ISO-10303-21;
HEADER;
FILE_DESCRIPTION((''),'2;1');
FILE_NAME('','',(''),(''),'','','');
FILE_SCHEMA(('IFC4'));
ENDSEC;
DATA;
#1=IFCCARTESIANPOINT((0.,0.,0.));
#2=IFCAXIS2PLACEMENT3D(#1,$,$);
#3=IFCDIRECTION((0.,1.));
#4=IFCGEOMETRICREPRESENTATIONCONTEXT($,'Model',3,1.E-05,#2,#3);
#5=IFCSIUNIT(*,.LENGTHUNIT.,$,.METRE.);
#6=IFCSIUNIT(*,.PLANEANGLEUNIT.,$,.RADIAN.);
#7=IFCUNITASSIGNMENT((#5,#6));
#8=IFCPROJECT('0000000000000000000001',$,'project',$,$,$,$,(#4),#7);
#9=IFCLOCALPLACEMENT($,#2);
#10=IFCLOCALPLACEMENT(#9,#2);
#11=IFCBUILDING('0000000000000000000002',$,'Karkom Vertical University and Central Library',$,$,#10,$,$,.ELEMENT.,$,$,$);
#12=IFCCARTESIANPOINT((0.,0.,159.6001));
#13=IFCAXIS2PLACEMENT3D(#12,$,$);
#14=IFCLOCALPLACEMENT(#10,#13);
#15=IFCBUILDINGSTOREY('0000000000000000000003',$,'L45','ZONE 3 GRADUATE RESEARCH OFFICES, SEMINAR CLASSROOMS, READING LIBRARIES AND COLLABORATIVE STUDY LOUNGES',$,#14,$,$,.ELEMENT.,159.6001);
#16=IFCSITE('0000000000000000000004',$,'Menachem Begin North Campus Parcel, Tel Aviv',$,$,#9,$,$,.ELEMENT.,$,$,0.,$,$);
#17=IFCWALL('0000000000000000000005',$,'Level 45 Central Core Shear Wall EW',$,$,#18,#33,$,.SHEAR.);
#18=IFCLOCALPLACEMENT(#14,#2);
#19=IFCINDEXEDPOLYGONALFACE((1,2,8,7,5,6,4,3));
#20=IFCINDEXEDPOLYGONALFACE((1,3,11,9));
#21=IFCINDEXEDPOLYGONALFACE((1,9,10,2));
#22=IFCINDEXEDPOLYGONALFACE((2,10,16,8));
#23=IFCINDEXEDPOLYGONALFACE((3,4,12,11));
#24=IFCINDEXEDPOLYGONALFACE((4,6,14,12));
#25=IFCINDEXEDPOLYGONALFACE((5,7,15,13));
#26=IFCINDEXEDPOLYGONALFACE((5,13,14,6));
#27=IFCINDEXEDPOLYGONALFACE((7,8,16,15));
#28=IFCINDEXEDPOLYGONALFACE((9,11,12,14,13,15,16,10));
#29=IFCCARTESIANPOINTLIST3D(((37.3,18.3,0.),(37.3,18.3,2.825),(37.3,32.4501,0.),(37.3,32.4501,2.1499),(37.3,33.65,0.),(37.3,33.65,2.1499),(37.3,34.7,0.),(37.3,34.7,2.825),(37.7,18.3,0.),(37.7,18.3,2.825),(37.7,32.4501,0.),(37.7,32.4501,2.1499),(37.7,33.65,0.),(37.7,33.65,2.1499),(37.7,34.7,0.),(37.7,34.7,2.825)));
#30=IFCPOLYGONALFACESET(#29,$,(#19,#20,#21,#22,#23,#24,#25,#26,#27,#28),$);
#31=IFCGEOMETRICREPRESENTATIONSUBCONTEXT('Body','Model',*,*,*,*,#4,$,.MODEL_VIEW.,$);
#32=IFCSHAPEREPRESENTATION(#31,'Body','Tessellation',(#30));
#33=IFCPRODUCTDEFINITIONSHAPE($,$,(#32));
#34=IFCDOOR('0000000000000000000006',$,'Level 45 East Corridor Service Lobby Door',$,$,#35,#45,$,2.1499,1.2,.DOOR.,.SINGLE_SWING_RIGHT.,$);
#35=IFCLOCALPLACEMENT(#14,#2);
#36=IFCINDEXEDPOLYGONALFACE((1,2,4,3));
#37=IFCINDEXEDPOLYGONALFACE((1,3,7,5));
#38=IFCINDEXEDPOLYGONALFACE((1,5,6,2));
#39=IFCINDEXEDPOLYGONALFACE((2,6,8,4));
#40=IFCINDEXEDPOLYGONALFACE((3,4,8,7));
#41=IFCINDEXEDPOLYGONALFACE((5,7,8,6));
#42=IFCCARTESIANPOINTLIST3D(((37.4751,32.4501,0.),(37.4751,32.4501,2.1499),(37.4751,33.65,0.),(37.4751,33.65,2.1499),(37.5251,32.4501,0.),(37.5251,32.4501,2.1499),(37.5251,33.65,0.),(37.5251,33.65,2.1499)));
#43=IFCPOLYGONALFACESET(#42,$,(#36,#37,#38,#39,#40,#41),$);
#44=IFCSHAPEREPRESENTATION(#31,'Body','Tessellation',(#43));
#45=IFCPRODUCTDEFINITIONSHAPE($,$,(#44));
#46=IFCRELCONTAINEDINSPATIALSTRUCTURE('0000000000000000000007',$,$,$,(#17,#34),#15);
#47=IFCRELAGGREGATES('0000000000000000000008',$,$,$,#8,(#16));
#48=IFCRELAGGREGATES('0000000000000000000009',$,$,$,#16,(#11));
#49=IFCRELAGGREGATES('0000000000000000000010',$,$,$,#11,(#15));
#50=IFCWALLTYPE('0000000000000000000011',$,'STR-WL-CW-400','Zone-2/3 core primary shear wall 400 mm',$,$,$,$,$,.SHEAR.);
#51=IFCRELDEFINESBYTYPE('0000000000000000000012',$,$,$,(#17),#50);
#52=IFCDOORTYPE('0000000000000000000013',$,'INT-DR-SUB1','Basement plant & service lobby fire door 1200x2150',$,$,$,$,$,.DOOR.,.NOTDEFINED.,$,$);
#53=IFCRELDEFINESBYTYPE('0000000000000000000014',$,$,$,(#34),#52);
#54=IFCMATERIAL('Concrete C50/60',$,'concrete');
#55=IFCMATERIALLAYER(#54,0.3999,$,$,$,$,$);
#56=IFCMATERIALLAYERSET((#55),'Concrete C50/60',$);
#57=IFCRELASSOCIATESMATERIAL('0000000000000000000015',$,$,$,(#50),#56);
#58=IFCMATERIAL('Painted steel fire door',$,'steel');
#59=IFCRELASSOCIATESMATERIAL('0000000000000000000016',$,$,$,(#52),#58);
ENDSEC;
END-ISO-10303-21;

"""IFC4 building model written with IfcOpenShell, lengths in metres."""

from ifc_helpers import new_model, si_unit, direction, frame, frame_2d, origin, origin_with_axes, place, context, subcontext, project, spatial, rectangle, extrude, source, transform, mapped, material, layer, layer_set, type_object, element, fill, save


model = new_model("IFC4")

# Units and contexts
model_context = context("Model", 3, precision=1e-05, world=origin(), true_north=direction((0.0, 1.0)))
body_context = subcontext(model_context, "Body", "Model", "MODEL_VIEW")
ifc_project = project(units=[si_unit("LENGTHUNIT", "METRE"), si_unit("PLANEANGLEUNIT", "RADIAN")], contexts=[model_context])

# Site, building, storey
site_placement = place(None, origin())
site = spatial("IfcSite", under=ifc_project, at=site_placement, Name="Menachem Begin North Campus Parcel, Tel Aviv", CompositionType="ELEMENT", RefElevation=0.0)
building_placement = place(site_placement, origin())
building = spatial("IfcBuilding", under=site, at=building_placement, Name="Karkom Vertical University and Central Library", CompositionType="ELEMENT")
storey_placement = place(building_placement, frame((0.0, 0.0, 159.6001)))
storey = spatial("IfcBuildingStorey", under=building, at=storey_placement, Name="L45", Description="ZONE 3 GRADUATE RESEARCH OFFICES, SEMINAR CLASSROOMS, READING LIBRARIES AND COLLABORATIVE STUDY LOUNGES", CompositionType="ELEMENT", Elevation=159.6001)

# Shared definitions
ifc_material_1 = material(Name="Concrete C50/60", Category="concrete")

# Wall, opening, door
ifc_layer_1 = layer(ifc_material_1, 0.3999)
ifc_layer_set_1 = layer_set([ifc_layer_1], Name="Concrete C50/60")
wall_type_1 = type_object("IfcWallType", Name="STR-WL-CW-400", Description="Zone-2/3 core primary shear wall 400 mm", PredefinedType="SHEAR", material=ifc_layer_set_1)
wall_1_placement = place(storey_placement, frame((37.5, 18.3, 0.0), z_axis=(0.0, 0.0, 1.0), x_axis=(0.0, 1.0, 0.0)))
wall_1 = element("IfcWall", 1, at=wall_1_placement, inside=storey, type_object=wall_type_1, Name="Level 45 Central Core Shear Wall EW", PredefinedType="SHEAR", context=body_context, shape_type="SweptSolid", body=[
    extrude(rectangle(XDim=16.3999, YDim=0.3999, at=frame_2d((8.2, 0.0))), origin(), (0.0, 0.0, 1.0), 2.825),
])
opening_1_placement = place(wall_1_placement, frame((14.1499, 0.0, 0.0)))
opening_1 = element("IfcOpeningElement", 2, at=opening_1_placement, cuts=wall_1, PredefinedType="OPENING", context=body_context, shape_type="SweptSolid", body=[
    extrude(rectangle(XDim=1.2, YDim=2.1499, at=frame_2d((0.6001, 1.075))), frame((0.0, 0.21, 0.0), z_axis=(0.0, -1.0, 0.0), x_axis=(1.0, 0.0, 0.0)), (0.0, 0.0, 1.0), 0.4199),
])
ifc_material_2 = material(Name="Painted steel fire door", Category="steel")
door_type_1 = type_object("IfcDoorType", Name="INT-DR-SUB1", Description="Basement plant & service lobby fire door 1200x2150", OperationType="NOTDEFINED", PredefinedType="DOOR", material=ifc_material_2)
shared_shape_1 = source(origin_with_axes(), body_context, "Body", "SweptSolid", [
    extrude(rectangle(XDim=1.2, YDim=2.1499, at=frame_2d((0.6001, 1.075))), frame((0.0, 0.0249, 0.0), z_axis=(0.0, -1.0, 0.0), x_axis=(1.0, 0.0, 0.0)), (0.0, 0.0, 1.0), 0.05),
])
door_1_placement = place(opening_1_placement, origin())
door_1 = element("IfcDoor", 3, at=door_1_placement, inside=storey, type_object=door_type_1, Name="Level 45 East Corridor Service Lobby Door", OperationType="SINGLE_SWING_RIGHT", OverallHeight=2.1499, OverallWidth=1.2, PredefinedType="DOOR", context=body_context, shape_type="MappedRepresentation", body=[
    mapped(shared_shape_1, transform((0.0, 0.0, 0.0), scale=1.0)),
])
fill(opening_1, door_1)

save(model, "model.ifc")
